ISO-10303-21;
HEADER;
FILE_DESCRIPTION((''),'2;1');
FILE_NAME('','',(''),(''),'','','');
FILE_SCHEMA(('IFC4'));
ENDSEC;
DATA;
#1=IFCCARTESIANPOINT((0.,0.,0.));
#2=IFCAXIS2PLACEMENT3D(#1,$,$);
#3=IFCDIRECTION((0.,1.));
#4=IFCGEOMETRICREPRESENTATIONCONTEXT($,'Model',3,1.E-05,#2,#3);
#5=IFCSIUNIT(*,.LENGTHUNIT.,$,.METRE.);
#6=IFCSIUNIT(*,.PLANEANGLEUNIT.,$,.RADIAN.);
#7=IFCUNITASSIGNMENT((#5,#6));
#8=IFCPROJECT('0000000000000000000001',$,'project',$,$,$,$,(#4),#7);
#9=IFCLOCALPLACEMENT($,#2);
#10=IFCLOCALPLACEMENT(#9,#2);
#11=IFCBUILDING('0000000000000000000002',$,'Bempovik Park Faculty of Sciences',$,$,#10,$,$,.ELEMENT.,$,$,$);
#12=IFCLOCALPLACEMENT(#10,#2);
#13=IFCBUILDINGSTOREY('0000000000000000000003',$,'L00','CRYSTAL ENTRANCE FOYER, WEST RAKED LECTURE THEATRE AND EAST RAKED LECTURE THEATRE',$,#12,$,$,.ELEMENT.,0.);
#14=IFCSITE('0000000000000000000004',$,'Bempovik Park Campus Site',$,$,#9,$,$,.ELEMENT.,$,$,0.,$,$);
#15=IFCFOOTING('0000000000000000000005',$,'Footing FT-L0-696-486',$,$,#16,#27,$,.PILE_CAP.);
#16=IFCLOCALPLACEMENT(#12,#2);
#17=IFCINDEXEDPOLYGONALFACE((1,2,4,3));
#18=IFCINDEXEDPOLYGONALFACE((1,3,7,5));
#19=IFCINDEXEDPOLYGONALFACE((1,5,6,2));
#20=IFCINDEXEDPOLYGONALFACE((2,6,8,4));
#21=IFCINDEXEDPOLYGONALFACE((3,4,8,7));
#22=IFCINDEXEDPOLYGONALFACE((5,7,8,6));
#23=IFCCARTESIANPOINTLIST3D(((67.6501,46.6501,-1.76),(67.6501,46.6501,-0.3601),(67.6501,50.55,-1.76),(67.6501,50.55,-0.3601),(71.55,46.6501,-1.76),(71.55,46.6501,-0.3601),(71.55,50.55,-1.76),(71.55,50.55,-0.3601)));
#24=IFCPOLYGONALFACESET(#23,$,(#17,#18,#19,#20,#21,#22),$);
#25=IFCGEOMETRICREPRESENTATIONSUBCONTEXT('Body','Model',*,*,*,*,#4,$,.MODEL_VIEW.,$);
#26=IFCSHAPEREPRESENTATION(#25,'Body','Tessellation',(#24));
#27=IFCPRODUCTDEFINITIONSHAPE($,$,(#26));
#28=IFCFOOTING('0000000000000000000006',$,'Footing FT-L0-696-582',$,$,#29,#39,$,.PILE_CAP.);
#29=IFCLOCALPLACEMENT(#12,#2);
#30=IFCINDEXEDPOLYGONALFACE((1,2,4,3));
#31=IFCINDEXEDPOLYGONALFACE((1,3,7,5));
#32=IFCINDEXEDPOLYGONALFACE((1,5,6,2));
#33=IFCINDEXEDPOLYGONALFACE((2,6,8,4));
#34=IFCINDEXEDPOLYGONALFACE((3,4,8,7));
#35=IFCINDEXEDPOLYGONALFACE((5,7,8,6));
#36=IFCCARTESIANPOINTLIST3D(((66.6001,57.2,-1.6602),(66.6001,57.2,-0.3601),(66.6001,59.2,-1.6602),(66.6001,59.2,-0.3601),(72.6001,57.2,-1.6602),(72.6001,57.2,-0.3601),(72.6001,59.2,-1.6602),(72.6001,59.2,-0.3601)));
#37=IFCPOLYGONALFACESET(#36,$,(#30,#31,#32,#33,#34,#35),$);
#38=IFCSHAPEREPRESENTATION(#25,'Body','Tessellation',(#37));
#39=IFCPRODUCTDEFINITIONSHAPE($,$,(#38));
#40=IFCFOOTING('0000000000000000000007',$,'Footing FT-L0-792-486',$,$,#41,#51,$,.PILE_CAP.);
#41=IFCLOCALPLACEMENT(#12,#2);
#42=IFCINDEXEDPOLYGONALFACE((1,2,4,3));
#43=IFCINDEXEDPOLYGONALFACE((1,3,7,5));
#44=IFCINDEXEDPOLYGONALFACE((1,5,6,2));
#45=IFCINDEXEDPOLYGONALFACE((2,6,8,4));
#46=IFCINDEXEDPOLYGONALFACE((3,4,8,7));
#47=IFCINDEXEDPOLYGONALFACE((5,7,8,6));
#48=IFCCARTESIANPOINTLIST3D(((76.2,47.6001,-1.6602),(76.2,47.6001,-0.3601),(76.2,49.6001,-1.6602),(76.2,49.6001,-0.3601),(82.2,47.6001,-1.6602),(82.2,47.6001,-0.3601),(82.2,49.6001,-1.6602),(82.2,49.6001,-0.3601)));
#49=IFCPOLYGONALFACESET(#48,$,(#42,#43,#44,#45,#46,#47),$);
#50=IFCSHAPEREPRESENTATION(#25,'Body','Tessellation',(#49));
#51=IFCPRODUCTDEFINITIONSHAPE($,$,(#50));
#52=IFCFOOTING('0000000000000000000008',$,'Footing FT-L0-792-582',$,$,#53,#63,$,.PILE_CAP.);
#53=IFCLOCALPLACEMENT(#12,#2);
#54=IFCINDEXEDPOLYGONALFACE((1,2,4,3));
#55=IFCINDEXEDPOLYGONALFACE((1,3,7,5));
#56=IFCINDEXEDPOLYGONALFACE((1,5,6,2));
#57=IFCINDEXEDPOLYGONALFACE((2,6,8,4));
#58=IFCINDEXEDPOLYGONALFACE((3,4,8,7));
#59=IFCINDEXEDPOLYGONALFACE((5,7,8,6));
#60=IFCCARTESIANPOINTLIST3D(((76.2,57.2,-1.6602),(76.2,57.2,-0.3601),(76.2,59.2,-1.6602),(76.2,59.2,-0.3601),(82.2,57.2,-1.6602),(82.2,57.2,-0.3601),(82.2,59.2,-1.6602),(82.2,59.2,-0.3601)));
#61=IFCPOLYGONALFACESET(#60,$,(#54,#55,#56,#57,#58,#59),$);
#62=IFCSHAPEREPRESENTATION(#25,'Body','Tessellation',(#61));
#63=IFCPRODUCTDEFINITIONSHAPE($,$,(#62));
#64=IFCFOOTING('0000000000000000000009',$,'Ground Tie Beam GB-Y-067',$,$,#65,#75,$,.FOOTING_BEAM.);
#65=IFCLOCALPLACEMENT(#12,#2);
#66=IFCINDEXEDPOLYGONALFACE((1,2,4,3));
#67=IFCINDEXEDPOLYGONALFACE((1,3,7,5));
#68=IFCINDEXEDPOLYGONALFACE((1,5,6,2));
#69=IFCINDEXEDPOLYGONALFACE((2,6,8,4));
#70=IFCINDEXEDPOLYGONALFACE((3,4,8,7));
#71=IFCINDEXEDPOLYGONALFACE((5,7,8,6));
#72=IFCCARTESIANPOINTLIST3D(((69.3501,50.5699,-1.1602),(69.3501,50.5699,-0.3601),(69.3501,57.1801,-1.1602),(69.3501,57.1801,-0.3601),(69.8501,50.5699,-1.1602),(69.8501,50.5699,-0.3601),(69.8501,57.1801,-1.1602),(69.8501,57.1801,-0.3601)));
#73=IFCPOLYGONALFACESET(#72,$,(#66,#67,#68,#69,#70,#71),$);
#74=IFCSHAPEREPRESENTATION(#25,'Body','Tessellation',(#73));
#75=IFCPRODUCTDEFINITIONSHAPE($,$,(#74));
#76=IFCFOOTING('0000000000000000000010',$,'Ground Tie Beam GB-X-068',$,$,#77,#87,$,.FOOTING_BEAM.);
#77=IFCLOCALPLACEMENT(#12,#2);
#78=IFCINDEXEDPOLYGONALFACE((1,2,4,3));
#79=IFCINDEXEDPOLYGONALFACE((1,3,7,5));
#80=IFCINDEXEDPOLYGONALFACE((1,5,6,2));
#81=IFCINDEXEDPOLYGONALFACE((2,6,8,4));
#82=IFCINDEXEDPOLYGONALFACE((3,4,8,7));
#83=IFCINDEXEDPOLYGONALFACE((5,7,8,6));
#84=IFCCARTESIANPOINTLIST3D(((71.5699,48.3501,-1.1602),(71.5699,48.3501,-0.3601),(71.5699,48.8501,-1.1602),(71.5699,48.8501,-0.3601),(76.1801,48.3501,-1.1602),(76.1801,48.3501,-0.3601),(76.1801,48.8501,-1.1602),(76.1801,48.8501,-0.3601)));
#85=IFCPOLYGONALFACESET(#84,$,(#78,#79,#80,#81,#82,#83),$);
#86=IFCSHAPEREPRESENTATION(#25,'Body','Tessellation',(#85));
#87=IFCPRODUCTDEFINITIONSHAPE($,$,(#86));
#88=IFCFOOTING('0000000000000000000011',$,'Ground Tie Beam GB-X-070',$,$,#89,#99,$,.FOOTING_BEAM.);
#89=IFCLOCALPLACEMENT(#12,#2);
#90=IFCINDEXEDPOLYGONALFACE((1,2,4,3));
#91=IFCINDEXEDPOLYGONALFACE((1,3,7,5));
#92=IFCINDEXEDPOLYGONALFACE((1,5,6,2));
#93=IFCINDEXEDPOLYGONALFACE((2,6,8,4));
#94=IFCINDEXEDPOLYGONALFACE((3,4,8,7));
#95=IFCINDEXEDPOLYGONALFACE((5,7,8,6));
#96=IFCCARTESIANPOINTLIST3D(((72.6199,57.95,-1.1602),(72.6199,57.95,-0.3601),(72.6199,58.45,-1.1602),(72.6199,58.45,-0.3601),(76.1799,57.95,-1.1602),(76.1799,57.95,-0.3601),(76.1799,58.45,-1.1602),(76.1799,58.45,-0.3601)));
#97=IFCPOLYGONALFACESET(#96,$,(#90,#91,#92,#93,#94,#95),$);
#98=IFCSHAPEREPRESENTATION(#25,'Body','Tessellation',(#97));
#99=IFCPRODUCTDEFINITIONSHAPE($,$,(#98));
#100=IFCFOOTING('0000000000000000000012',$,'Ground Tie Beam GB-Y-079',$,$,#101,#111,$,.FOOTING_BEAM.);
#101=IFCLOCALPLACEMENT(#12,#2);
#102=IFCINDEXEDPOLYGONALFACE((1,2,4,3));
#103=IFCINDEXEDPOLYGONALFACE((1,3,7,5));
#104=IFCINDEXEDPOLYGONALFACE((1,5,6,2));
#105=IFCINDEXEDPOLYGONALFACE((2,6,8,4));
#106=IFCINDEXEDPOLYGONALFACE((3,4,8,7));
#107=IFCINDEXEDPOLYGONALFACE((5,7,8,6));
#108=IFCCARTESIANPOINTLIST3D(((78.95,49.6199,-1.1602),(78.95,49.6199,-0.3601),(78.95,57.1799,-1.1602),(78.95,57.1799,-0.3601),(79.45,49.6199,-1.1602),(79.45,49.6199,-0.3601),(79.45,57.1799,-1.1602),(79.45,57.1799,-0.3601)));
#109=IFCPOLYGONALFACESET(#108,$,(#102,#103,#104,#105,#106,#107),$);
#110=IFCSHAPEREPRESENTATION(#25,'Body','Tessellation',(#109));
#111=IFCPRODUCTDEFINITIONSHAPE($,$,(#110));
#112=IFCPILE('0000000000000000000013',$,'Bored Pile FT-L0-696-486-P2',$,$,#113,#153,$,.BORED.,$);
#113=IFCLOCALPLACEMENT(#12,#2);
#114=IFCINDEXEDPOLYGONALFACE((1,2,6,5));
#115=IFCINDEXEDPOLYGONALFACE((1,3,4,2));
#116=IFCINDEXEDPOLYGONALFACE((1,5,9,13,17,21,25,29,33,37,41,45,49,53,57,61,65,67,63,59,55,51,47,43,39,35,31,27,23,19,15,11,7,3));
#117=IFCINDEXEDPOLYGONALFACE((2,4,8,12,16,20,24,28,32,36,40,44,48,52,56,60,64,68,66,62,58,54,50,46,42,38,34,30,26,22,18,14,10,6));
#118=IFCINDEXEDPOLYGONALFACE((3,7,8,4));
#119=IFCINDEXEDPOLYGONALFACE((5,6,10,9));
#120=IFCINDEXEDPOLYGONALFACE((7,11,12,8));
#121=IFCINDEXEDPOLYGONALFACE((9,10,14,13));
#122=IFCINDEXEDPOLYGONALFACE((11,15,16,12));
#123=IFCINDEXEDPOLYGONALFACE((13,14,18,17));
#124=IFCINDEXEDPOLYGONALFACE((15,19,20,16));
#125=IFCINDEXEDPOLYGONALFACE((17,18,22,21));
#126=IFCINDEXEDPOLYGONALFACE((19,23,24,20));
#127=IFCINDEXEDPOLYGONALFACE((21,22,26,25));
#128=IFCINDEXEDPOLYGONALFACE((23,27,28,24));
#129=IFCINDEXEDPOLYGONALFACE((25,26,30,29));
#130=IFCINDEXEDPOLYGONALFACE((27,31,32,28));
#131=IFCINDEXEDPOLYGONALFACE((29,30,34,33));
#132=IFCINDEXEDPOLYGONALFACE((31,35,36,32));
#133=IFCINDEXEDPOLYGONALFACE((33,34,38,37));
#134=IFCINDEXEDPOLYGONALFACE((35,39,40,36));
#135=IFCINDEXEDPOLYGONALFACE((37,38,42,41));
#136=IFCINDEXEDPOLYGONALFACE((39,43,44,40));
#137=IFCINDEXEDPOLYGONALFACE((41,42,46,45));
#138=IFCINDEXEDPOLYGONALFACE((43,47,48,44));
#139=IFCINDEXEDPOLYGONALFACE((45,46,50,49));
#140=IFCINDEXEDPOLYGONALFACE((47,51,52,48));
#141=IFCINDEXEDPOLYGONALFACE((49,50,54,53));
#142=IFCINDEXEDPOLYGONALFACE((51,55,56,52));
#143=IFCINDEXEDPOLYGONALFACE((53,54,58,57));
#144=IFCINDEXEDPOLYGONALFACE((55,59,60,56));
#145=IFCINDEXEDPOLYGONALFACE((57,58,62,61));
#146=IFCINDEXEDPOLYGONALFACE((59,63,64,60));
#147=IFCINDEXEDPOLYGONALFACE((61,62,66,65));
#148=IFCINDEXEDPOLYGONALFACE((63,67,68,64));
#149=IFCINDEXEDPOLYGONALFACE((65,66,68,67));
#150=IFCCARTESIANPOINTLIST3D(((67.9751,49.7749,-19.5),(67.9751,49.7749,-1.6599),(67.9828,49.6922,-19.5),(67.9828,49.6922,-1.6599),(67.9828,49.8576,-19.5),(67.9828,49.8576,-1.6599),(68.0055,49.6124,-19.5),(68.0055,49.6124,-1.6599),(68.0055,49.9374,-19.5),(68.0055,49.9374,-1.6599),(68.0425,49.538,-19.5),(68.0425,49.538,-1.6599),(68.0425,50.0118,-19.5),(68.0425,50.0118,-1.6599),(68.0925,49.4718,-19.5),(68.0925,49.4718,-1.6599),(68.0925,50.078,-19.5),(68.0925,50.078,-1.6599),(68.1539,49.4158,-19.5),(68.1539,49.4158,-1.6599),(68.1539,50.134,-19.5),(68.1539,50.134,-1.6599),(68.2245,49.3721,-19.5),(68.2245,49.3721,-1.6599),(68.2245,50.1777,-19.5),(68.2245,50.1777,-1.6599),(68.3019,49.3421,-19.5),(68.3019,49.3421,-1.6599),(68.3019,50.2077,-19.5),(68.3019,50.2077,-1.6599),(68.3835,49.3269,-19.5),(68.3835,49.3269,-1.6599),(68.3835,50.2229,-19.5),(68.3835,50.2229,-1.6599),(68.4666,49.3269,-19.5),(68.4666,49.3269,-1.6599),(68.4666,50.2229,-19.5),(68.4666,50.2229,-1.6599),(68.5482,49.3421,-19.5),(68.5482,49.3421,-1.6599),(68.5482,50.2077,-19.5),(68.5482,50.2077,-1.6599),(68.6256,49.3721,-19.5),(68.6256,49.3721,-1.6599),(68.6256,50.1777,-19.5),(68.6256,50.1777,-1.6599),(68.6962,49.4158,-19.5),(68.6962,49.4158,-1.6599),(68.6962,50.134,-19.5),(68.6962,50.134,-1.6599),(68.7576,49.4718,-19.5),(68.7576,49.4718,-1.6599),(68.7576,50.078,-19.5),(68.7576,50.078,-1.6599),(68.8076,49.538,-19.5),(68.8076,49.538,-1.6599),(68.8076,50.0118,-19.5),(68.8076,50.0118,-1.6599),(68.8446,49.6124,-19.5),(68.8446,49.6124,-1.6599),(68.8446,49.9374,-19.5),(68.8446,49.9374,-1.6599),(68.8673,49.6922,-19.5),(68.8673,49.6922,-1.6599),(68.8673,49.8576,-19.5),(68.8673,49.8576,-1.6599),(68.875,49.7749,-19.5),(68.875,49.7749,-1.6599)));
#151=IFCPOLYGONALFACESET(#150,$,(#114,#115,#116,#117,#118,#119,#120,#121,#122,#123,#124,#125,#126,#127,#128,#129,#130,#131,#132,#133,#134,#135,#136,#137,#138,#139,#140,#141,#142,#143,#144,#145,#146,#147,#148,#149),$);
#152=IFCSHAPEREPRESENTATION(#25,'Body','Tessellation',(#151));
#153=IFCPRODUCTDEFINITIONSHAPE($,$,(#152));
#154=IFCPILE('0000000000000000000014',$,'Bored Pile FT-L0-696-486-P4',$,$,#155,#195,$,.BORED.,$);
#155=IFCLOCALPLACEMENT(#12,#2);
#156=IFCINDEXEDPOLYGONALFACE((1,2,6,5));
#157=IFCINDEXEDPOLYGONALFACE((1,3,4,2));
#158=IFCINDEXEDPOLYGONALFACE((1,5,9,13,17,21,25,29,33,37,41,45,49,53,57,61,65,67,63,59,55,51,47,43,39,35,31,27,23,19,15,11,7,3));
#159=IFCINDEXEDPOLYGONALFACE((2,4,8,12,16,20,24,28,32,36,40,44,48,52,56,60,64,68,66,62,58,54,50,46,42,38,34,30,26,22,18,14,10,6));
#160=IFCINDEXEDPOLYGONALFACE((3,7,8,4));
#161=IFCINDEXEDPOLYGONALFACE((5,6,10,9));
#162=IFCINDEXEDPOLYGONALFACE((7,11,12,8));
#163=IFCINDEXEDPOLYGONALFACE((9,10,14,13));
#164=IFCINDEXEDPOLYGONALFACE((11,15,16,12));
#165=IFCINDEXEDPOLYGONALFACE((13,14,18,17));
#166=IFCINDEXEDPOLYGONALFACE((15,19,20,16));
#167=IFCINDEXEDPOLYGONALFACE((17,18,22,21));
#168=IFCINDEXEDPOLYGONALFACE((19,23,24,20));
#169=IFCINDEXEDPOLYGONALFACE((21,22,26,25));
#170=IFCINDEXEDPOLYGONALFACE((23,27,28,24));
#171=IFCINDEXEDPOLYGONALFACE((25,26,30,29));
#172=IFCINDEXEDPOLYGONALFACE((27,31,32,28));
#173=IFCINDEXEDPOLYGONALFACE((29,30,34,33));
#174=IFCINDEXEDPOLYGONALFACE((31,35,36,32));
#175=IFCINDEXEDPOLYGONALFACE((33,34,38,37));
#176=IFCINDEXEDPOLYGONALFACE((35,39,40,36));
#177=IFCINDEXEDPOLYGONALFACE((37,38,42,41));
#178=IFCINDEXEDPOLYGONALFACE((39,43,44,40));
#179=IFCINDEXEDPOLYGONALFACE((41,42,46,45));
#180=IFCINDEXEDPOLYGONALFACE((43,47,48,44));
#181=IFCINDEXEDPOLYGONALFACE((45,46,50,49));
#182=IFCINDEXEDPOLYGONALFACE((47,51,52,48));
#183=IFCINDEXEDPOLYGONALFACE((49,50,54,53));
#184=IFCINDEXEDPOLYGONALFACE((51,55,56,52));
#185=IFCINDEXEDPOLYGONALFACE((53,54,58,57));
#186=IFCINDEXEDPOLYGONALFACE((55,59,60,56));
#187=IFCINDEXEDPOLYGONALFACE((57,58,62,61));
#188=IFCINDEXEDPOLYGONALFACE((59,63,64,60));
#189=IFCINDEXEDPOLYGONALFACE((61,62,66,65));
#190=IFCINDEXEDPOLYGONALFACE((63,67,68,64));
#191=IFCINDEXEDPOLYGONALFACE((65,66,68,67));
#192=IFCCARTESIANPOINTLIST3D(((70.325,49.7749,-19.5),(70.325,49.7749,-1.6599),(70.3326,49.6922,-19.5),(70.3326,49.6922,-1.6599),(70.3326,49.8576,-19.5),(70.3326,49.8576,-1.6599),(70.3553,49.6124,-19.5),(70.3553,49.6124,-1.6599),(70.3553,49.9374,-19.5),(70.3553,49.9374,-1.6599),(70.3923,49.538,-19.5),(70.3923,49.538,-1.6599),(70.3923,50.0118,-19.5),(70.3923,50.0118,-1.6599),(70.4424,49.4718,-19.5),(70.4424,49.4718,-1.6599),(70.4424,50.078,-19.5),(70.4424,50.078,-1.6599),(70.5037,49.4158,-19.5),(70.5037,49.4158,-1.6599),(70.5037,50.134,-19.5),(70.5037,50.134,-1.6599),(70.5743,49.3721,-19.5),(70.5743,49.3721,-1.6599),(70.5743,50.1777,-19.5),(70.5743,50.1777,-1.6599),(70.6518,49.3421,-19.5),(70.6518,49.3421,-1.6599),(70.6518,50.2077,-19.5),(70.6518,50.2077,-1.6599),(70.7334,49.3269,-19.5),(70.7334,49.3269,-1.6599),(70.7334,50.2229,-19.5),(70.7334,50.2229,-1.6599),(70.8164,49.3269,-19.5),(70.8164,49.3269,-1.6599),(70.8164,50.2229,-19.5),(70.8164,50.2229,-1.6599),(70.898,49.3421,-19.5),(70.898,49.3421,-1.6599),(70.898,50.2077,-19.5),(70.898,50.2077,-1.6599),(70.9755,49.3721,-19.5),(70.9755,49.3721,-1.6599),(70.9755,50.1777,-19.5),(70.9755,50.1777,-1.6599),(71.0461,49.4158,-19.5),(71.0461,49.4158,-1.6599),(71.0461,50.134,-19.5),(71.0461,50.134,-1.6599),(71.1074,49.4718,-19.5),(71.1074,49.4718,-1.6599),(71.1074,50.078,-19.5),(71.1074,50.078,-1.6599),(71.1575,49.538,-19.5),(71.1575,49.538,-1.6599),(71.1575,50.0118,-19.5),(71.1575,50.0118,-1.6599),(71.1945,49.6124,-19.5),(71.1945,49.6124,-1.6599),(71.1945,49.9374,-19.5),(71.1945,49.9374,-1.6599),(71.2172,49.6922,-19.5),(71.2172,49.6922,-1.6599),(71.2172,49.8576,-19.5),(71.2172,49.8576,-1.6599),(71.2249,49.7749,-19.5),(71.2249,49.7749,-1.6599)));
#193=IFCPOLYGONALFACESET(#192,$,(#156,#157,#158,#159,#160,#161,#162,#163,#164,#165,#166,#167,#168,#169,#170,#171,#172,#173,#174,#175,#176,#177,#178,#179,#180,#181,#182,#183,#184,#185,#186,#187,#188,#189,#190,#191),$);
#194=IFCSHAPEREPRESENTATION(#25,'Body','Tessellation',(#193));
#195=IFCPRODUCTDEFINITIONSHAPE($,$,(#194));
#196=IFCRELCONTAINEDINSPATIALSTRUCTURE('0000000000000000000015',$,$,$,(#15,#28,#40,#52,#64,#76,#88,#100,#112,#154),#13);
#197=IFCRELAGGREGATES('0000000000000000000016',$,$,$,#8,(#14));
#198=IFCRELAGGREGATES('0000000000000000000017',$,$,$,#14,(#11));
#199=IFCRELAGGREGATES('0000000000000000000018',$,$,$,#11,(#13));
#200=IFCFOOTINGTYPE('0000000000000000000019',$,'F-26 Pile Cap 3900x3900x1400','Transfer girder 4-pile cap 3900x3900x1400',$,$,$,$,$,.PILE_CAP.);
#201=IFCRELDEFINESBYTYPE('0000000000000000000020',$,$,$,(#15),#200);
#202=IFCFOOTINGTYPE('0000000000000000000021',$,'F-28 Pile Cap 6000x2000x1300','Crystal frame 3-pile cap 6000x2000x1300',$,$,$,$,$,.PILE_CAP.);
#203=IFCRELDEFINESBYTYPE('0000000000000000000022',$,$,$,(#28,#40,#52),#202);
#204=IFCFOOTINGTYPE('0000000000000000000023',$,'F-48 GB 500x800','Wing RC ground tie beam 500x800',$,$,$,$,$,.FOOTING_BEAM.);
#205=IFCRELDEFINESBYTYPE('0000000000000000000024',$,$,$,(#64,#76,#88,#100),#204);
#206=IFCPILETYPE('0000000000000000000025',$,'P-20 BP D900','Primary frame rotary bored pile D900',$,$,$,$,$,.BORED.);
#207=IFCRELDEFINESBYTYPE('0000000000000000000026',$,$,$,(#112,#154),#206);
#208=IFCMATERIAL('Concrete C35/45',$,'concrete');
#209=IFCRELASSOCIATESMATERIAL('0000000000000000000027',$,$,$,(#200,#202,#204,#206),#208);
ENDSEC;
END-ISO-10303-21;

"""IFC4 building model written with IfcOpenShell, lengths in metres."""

from ifc_helpers import new_model, si_unit, direction, frame, origin, origin_2d, place, context, subcontext, project, spatial, rectangle, circle, extrude, material, material_profile, profile_set, type_object, element, save


model = new_model("IFC4")

# Units and contexts
model_context = context("Model", 3, precision=1e-05, world=origin(), true_north=direction((0.0, 1.0)))
body_context = subcontext(model_context, "Body", "Model", "MODEL_VIEW")
ifc_project = project(units=[si_unit("LENGTHUNIT", "METRE"), si_unit("PLANEANGLEUNIT", "RADIAN")], contexts=[model_context])

# Site, building, storey
site_placement = place(None, origin())
site = spatial("IfcSite", under=ifc_project, at=site_placement, Name="Bempovik Park Campus Site", CompositionType="ELEMENT", RefElevation=0.0)
building_placement = place(site_placement, origin())
building = spatial("IfcBuilding", under=site, at=building_placement, Name="Bempovik Park Faculty of Sciences", CompositionType="ELEMENT")
storey_placement = place(building_placement, origin())
storey = spatial("IfcBuildingStorey", under=building, at=storey_placement, Name="L00", Description="CRYSTAL ENTRANCE FOYER, WEST RAKED LECTURE THEATRE AND EAST RAKED LECTURE THEATRE", CompositionType="ELEMENT", Elevation=0.0)

# Footings
ifc_material_1 = material(Name="Concrete C35/45", Category="concrete")
footing_type_1 = type_object("IfcFootingType", Name="F-26 Pile Cap 3900x3900x1400", Description="Transfer girder 4-pile cap 3900x3900x1400", PredefinedType="PILE_CAP", material=ifc_material_1)
footing_1_placement = place(storey_placement, frame((69.6001, 48.6001, -1.76), z_axis=(0.0, 0.0, 1.0), x_axis=(1.0, 0.0, 0.0)))
element("IfcFooting", 1, at=footing_1_placement, inside=storey, type_object=footing_type_1, Name="Footing FT-L0-696-486", PredefinedType="PILE_CAP", context=body_context, shape_type="SweptSolid", body=[
    extrude(rectangle(XDim=3.8999, YDim=3.8999, at=origin_2d()), origin(), (0.0, 0.0, 1.0), 1.3999),
])
footing_type_2 = type_object("IfcFootingType", Name="F-28 Pile Cap 6000x2000x1300", Description="Crystal frame 3-pile cap 6000x2000x1300", PredefinedType="PILE_CAP", material=ifc_material_1)
for number, where, z_axis, x_axis, name in (
    (2, (69.6001, 58.2, -1.6602), (0.0, 0.0, 1.0), (1.0, 0.0, 0.0), "Footing FT-L0-696-582"),
    (3, (79.2, 48.6001, -1.6602), (0.0, 0.0, 1.0), (1.0, 0.0, 0.0), "Footing FT-L0-792-486"),
    (4, (79.2, 58.2, -1.6602), (0.0, 0.0, 1.0), (1.0, 0.0, 0.0), "Footing FT-L0-792-582"),
):
    element("IfcFooting", number, at=place(storey_placement, frame(where, z_axis=z_axis, x_axis=x_axis)), inside=storey, type_object=footing_type_2, Name=name, PredefinedType="PILE_CAP", context=body_context, shape_type="SweptSolid", body=[
        extrude(rectangle(XDim=6.0, YDim=2.0, at=origin_2d()), origin(), (0.0, 0.0, 1.0), 1.3),
    ])
footing_type_3 = type_object("IfcFootingType", Name="F-48 GB 500x800", Description="Wing RC ground tie beam 500x800", PredefinedType="FOOTING_BEAM", material=ifc_material_1)
footing_2_placement = place(storey_placement, frame((69.6001, 53.875, -1.1602), z_axis=(0.0, 0.0, 1.0), x_axis=(1.0, 0.0, 0.0)))
element("IfcFooting", 5, at=footing_2_placement, inside=storey, type_object=footing_type_3, Name="Ground Tie Beam GB-Y-067", PredefinedType="FOOTING_BEAM", context=body_context, shape_type="SweptSolid", body=[
    extrude(rectangle(XDim=0.5, YDim=6.6101, at=origin_2d()), origin(), (0.0, 0.0, 1.0), 0.8),
])
footing_3_placement = place(storey_placement, frame((73.875, 48.6001, -1.1602), z_axis=(0.0, 0.0, 1.0), x_axis=(1.0, 0.0, 0.0)))
element("IfcFooting", 6, at=footing_3_placement, inside=storey, type_object=footing_type_3, Name="Ground Tie Beam GB-X-068", PredefinedType="FOOTING_BEAM", context=body_context, shape_type="SweptSolid", body=[
    extrude(rectangle(XDim=4.6101, YDim=0.5, at=origin_2d()), origin(), (0.0, 0.0, 1.0), 0.8),
])
footing_4_placement = place(storey_placement, frame((74.3999, 58.2, -1.1602), z_axis=(0.0, 0.0, 1.0), x_axis=(1.0, 0.0, 0.0)))
element("IfcFooting", 7, at=footing_4_placement, inside=storey, type_object=footing_type_3, Name="Ground Tie Beam GB-X-070", PredefinedType="FOOTING_BEAM", context=body_context, shape_type="SweptSolid", body=[
    extrude(rectangle(XDim=3.5601, YDim=0.5, at=origin_2d()), origin(), (0.0, 0.0, 1.0), 0.8),
])
footing_5_placement = place(storey_placement, frame((79.2, 53.3999, -1.1602), z_axis=(0.0, 0.0, 1.0), x_axis=(1.0, 0.0, 0.0)))
element("IfcFooting", 8, at=footing_5_placement, inside=storey, type_object=footing_type_3, Name="Ground Tie Beam GB-Y-079", PredefinedType="FOOTING_BEAM", context=body_context, shape_type="SweptSolid", body=[
    extrude(rectangle(XDim=0.5, YDim=7.5601, at=origin_2d()), origin(), (0.0, 0.0, 1.0), 0.8),
])

# Piles
ifc_material_profile_1 = material_profile(ifc_material_1, circle(Radius=0.45, at=origin_2d()), Name="BP D900")
ifc_profile_set_1 = profile_set([ifc_material_profile_1], Name="Concrete C35/45")
pile_type = type_object("IfcPileType", Name="P-20 BP D900", Description="Primary frame rotary bored pile D900", PredefinedType="BORED", material=ifc_profile_set_1)
for number, where, z_axis, x_axis, name in (
    (9, (68.425, 49.7749, -1.6599), (0.0, 0.0, -1.0), (1.0, 0.0, 0.0), "Bored Pile FT-L0-696-486-P2"),
    (10, (70.7749, 49.7749, -1.6599), (0.0, 0.0, -1.0), (1.0, 0.0, 0.0), "Bored Pile FT-L0-696-486-P4"),
):
    element("IfcPile", number, at=place(storey_placement, frame(where, z_axis=z_axis, x_axis=x_axis)), inside=storey, type_object=pile_type, Name=name, PredefinedType="BORED", context=body_context, shape_type="SweptSolid", body=[
        extrude(circle(Radius=0.45, at=origin_2d()), origin(), (0.0, 0.0, 1.0), 17.8401),
    ])

save(model, "model.ifc")
